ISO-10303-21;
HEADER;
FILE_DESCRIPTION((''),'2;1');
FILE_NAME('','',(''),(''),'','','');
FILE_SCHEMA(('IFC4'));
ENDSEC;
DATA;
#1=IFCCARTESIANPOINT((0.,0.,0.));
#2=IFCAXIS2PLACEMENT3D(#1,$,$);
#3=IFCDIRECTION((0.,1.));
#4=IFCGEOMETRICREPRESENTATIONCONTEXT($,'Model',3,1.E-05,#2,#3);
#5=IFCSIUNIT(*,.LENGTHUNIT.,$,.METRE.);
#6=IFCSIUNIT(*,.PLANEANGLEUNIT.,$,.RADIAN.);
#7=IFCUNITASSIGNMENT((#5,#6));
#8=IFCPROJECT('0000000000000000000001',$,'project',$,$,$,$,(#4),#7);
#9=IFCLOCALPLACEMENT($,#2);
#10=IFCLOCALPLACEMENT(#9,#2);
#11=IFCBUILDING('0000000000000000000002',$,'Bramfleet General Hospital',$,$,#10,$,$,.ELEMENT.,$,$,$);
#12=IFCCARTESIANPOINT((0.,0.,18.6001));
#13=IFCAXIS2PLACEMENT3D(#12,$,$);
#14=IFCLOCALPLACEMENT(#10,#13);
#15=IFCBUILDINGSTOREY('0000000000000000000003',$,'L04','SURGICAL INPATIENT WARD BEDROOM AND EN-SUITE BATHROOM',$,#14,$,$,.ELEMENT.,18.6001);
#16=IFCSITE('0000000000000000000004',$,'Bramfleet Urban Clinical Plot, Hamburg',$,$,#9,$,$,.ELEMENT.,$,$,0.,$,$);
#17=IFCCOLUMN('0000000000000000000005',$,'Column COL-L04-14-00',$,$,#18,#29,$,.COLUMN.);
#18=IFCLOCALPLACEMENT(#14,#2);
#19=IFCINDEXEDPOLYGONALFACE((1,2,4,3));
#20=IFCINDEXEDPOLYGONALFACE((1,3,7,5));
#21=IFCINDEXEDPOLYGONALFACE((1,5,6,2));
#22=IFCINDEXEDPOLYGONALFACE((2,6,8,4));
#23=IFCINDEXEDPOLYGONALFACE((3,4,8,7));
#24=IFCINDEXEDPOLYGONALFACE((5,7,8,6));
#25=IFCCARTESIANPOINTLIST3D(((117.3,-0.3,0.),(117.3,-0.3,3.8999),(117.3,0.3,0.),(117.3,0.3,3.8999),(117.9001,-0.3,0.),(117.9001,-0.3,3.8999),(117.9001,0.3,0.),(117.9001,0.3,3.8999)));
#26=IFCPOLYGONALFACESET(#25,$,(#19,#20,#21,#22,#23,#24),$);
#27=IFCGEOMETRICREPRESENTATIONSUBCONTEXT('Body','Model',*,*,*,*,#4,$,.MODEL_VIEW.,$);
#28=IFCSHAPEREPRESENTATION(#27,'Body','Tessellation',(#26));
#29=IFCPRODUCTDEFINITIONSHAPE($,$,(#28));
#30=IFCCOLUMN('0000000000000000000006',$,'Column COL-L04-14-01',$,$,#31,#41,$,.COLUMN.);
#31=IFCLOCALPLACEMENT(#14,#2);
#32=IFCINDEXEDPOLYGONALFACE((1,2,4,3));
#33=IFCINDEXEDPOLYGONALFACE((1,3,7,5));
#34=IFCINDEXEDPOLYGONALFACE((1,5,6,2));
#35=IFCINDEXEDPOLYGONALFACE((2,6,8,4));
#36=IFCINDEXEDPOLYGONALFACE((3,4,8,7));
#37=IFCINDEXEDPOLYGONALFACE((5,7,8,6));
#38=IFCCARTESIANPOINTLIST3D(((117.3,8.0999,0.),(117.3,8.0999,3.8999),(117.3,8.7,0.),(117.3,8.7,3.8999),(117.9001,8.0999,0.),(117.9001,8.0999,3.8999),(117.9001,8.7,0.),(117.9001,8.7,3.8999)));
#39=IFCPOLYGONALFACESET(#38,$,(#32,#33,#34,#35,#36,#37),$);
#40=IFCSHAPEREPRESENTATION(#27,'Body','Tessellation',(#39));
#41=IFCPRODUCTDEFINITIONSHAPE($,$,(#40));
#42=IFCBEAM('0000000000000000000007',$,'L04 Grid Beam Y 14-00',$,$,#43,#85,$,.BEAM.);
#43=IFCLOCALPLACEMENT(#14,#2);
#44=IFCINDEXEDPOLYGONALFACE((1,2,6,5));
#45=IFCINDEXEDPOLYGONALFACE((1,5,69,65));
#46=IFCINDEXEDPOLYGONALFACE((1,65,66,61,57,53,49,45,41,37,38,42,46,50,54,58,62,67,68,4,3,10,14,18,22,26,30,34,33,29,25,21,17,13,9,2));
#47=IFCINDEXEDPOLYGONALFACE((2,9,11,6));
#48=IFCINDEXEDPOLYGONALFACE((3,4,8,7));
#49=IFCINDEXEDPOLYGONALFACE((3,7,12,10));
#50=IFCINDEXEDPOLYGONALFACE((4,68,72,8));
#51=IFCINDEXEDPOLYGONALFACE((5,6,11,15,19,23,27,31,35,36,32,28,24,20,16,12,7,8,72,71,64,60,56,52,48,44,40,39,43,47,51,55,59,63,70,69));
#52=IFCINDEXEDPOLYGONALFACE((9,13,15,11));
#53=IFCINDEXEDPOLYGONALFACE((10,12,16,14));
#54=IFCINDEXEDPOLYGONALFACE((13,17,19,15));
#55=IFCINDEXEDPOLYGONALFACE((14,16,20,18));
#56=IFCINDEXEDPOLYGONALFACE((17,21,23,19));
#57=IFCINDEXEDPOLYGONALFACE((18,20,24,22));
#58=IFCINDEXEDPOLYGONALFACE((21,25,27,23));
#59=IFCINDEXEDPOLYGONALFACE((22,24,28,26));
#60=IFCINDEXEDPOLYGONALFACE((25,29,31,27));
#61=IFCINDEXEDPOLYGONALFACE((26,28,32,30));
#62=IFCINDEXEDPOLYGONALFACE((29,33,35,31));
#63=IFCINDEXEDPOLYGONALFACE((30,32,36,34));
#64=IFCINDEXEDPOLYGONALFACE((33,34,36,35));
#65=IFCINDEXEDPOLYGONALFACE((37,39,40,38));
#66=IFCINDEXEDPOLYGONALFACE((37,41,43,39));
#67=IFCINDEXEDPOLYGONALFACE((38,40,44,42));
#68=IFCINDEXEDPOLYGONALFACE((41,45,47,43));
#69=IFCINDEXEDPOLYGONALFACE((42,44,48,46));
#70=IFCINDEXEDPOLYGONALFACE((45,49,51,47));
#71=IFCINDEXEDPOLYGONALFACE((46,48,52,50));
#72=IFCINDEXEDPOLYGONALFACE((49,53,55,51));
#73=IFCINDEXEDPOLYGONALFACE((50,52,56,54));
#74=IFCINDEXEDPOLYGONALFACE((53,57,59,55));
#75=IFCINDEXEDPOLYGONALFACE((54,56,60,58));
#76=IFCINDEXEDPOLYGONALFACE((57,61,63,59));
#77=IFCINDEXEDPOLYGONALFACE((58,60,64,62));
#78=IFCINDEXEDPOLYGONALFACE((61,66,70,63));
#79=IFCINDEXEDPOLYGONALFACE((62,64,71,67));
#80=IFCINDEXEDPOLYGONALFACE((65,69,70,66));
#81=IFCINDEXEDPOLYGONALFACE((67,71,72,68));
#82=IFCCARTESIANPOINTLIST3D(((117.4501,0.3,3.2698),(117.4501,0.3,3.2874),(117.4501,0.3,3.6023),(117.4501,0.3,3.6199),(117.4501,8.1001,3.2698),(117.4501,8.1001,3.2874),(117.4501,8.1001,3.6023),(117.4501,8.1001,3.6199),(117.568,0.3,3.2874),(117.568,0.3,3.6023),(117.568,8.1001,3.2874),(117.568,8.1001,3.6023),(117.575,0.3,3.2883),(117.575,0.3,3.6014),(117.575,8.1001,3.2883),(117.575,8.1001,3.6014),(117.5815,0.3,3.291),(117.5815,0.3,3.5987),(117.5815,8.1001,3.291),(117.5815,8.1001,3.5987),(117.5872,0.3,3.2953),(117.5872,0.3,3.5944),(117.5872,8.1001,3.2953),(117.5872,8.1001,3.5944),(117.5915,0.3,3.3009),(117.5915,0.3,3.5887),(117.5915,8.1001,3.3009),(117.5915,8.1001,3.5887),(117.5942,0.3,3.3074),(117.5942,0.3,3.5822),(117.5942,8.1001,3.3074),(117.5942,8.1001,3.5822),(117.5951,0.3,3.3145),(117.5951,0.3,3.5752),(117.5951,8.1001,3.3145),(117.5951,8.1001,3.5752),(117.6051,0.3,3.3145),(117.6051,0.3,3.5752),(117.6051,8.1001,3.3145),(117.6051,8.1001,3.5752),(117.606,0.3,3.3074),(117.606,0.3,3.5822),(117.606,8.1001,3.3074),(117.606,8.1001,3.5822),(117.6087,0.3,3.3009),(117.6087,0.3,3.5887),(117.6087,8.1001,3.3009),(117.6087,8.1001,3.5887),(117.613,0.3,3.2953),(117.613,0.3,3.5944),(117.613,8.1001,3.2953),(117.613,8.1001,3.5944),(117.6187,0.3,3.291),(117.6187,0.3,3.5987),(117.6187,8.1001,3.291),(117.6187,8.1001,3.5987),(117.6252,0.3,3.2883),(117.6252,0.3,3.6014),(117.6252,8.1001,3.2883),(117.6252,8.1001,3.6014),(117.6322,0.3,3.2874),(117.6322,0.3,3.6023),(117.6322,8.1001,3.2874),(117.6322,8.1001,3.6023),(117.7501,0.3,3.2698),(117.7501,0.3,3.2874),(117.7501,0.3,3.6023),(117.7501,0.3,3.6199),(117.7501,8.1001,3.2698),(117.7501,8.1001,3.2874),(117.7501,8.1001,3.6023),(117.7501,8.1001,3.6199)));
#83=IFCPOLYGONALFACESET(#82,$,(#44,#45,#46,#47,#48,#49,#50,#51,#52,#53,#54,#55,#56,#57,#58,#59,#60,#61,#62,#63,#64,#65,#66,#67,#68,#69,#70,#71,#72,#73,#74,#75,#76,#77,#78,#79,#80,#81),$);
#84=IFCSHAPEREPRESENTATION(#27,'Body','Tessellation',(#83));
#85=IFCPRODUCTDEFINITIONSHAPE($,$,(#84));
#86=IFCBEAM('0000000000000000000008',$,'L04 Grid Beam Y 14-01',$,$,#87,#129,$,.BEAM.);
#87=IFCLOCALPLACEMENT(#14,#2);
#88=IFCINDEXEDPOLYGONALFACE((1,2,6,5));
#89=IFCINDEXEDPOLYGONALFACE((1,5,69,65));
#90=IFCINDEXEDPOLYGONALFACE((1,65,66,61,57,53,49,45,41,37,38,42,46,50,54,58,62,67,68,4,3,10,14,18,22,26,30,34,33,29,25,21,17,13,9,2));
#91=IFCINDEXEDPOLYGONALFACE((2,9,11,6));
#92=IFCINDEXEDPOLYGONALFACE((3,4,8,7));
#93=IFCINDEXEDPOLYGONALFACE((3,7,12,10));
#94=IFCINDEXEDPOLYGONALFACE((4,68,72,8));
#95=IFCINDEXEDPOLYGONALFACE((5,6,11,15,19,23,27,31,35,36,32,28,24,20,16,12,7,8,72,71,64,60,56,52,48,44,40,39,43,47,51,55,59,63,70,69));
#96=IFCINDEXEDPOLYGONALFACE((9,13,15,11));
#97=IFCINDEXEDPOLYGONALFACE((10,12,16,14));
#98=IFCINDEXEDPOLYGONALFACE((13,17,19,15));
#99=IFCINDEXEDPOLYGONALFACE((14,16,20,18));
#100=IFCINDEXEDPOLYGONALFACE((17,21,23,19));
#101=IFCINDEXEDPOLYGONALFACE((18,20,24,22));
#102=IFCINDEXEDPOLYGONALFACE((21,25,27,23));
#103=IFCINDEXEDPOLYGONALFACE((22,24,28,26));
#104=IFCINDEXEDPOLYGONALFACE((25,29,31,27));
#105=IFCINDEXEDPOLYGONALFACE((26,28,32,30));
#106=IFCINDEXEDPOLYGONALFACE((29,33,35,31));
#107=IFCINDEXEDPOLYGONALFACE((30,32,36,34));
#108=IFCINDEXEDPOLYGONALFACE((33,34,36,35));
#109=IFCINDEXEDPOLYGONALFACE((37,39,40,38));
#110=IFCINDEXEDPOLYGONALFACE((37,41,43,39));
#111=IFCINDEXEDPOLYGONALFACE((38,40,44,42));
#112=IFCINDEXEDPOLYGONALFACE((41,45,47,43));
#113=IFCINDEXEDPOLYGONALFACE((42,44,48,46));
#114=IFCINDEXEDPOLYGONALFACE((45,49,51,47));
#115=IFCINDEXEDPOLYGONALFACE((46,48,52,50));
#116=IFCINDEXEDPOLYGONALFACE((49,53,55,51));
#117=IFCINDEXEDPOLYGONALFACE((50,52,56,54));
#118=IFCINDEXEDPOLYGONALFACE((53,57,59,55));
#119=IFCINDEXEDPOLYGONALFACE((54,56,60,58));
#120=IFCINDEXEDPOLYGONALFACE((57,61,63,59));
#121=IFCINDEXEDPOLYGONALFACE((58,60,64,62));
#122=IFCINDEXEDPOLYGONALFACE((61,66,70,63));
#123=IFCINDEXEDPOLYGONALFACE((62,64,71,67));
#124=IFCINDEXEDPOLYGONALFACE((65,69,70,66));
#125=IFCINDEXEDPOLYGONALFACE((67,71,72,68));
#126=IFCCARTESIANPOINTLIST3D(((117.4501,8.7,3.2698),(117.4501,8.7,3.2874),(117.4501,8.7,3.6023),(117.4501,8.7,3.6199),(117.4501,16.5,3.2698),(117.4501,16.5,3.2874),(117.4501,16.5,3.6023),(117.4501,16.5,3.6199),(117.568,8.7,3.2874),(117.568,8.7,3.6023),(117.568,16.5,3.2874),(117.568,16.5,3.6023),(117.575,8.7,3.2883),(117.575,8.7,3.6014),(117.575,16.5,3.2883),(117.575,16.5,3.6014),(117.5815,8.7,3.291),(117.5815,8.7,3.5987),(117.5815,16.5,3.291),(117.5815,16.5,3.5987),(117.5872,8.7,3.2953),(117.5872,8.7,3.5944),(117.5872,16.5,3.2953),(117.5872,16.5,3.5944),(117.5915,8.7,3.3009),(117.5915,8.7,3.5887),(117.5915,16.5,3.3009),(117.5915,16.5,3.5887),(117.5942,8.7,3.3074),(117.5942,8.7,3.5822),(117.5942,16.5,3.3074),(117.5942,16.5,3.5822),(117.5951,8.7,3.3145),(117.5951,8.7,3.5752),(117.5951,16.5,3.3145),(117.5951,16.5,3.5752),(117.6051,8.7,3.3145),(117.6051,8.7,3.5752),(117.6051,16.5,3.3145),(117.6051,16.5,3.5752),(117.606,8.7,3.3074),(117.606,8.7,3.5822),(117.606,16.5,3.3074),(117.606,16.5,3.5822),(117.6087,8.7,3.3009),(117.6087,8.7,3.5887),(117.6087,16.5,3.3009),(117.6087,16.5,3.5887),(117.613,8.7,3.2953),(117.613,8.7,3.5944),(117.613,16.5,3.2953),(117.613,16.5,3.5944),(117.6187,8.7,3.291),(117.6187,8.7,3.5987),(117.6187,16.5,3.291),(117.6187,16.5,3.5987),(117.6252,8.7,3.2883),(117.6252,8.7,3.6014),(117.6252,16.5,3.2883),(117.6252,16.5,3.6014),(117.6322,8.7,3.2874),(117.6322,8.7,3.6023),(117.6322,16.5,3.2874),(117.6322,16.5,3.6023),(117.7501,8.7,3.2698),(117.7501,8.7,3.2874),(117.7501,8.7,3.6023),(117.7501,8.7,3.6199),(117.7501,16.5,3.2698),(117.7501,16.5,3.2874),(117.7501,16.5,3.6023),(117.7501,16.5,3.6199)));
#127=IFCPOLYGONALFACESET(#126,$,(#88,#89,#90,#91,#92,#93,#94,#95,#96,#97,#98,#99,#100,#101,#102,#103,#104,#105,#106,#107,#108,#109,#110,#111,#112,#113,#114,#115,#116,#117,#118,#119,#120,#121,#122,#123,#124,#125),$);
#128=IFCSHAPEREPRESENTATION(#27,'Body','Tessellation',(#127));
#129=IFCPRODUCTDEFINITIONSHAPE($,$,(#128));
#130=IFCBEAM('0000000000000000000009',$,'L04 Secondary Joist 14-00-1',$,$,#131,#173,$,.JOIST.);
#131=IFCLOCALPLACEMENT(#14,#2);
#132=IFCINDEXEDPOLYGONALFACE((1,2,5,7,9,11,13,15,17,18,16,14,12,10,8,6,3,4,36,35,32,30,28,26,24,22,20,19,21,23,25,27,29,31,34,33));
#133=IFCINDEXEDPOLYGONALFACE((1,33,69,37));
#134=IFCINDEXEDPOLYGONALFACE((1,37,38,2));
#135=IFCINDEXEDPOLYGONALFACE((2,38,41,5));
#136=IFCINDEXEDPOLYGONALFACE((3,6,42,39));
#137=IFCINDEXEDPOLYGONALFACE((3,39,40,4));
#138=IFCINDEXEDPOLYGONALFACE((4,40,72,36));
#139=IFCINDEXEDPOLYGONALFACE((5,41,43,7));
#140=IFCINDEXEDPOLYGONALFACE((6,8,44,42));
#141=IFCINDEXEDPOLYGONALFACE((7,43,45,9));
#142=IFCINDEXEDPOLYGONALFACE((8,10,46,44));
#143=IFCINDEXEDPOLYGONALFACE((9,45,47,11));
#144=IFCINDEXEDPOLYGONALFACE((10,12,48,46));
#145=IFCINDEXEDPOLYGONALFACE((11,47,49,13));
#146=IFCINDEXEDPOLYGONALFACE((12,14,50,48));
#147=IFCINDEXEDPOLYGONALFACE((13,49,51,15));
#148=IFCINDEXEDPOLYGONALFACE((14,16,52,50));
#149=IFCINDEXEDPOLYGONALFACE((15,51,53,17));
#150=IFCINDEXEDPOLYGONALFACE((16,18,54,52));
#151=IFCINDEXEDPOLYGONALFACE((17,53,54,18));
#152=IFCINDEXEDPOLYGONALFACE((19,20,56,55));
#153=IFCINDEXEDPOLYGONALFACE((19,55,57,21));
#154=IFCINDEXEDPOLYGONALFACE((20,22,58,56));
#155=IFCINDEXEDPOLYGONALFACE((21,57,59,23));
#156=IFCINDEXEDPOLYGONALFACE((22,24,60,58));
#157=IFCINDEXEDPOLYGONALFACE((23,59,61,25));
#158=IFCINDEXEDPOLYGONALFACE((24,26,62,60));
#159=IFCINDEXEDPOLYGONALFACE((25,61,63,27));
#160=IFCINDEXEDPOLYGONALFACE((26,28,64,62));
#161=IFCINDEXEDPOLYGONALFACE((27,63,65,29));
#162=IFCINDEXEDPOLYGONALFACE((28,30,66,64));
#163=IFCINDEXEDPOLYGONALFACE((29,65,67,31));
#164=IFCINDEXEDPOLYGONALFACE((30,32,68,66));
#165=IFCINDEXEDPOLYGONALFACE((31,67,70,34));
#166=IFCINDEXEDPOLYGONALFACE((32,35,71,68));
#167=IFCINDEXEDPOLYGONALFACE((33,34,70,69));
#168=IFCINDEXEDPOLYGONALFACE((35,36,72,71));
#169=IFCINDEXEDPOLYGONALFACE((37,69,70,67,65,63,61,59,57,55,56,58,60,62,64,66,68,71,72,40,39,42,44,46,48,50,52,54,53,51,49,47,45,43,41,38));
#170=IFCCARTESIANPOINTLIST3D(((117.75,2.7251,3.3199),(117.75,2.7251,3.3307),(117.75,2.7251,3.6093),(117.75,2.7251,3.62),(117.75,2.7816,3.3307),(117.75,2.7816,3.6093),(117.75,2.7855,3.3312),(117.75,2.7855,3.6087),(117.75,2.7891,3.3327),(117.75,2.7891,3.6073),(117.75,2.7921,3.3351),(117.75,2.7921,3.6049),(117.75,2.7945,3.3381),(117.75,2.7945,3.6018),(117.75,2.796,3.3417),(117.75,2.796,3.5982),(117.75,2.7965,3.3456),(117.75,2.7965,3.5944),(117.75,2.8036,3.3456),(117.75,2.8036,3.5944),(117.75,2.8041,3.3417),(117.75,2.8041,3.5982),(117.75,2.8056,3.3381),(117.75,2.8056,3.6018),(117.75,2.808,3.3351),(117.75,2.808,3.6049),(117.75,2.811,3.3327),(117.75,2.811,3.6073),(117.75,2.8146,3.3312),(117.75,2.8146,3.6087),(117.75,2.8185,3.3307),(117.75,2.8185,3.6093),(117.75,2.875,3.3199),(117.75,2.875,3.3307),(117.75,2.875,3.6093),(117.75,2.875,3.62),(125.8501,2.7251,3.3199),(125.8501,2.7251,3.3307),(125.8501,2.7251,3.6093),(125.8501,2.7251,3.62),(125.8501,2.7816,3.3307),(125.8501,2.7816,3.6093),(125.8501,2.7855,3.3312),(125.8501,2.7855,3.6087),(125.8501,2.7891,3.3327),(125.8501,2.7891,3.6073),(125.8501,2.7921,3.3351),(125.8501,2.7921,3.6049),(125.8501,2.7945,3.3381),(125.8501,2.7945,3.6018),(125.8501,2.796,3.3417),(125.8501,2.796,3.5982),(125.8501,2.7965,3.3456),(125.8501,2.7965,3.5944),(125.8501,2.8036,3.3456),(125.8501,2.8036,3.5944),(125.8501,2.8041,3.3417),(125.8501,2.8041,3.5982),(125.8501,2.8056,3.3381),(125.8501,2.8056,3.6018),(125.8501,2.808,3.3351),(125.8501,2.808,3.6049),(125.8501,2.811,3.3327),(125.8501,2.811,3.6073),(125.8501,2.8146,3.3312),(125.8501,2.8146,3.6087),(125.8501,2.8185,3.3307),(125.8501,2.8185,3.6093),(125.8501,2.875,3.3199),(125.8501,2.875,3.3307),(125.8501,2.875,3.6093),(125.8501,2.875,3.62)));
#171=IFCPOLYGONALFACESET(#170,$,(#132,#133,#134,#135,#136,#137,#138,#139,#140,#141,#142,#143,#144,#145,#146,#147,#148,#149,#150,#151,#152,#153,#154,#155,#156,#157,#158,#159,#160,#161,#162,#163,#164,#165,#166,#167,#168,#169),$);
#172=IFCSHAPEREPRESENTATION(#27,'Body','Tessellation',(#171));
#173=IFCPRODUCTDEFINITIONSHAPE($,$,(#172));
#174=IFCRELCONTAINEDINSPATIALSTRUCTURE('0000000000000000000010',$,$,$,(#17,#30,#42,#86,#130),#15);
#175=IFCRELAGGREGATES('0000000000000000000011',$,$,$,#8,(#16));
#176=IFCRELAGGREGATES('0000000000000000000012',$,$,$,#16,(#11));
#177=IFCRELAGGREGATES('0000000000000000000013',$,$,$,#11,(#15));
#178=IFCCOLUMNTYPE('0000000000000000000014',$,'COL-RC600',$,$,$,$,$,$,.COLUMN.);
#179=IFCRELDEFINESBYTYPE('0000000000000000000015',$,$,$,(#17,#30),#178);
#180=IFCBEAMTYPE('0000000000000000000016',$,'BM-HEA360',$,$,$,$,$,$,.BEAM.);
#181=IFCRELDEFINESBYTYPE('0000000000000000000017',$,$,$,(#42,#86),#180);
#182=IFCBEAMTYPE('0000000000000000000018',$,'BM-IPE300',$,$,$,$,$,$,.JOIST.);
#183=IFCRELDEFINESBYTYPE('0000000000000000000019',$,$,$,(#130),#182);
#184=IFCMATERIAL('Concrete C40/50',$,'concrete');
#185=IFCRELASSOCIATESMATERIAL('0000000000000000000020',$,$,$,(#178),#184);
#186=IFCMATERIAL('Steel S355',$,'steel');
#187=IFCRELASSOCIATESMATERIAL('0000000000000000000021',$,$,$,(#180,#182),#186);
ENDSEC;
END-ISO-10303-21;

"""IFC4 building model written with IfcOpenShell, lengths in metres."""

from ifc_helpers import new_model, si_unit, direction, frame, origin, origin_2d, place, context, subcontext, project, spatial, rectangle, i_section, extrude, material, material_profile, profile_set, type_object, element, save


model = new_model("IFC4")

# Units and contexts
model_context = context("Model", 3, precision=1e-05, world=origin(), true_north=direction((0.0, 1.0)))
body_context = subcontext(model_context, "Body", "Model", "MODEL_VIEW")
ifc_project = project(units=[si_unit("LENGTHUNIT", "METRE"), si_unit("PLANEANGLEUNIT", "RADIAN")], contexts=[model_context])

# Site, building, storey
site_placement = place(None, origin())
site = spatial("IfcSite", under=ifc_project, at=site_placement, Name="Bramfleet Urban Clinical Plot, Hamburg", CompositionType="ELEMENT", RefElevation=0.0)
building_placement = place(site_placement, origin())
building = spatial("IfcBuilding", under=site, at=building_placement, Name="Bramfleet General Hospital", CompositionType="ELEMENT")
storey_placement = place(building_placement, frame((0.0, 0.0, 18.6001)))
storey = spatial("IfcBuildingStorey", under=building, at=storey_placement, Name="L04", Description="SURGICAL INPATIENT WARD BEDROOM AND EN-SUITE BATHROOM", CompositionType="ELEMENT", Elevation=18.6001)

# Columns
ifc_material_1 = material(Name="Concrete C40/50", Category="concrete")
ifc_material_profile_1 = material_profile(ifc_material_1, rectangle(XDim=0.6001, YDim=0.6001, at=origin_2d()), Name="RC COL 600x600")
ifc_profile_set_1 = profile_set([ifc_material_profile_1], Name="Concrete C40/50")
column_type = type_object("IfcColumnType", Name="COL-RC600", PredefinedType="COLUMN", material=ifc_profile_set_1)
for number, where, z_axis, x_axis, name in (
    (1, (117.6001, 0.0, 0.0), (0.0, 0.0, 1.0), (1.0, 0.0, 0.0), "Column COL-L04-14-00"),
    (2, (117.6001, 8.3999, 0.0), (0.0, 0.0, 1.0), (1.0, 0.0, 0.0), "Column COL-L04-14-01"),
):
    element("IfcColumn", number, at=place(storey_placement, frame(where, z_axis=z_axis, x_axis=x_axis)), inside=storey, type_object=column_type, Name=name, PredefinedType="COLUMN", context=body_context, shape_type="SweptSolid", body=[
        extrude(rectangle(XDim=0.6001, YDim=0.6001, at=origin_2d()), origin(), (0.0, 0.0, 1.0), 3.8999),
    ])

# Beams
ifc_material_2 = material(Name="Steel S355", Category="steel")
ifc_material_profile_2 = material_profile(ifc_material_2, i_section(OverallWidth=0.3, OverallDepth=0.3501, WebThickness=0.01, FlangeThickness=0.0176, FilletRadius=0.0271, at=origin_2d()), Name="HEA 360")
ifc_profile_set_2 = profile_set([ifc_material_profile_2], Name="Steel S355")
beam_type_1 = type_object("IfcBeamType", Name="BM-HEA360", PredefinedType="BEAM", material=ifc_profile_set_2)
for number, where, z_axis, x_axis, name in (
    (3, (117.6001, 0.3, 3.4448), (0.0, 1.0, 0.0), (-1.0, 0.0, 0.0), "L04 Grid Beam Y 14-00"),
    (4, (117.6001, 8.7, 3.4448), (0.0, 1.0, 0.0), (-1.0, 0.0, 0.0), "L04 Grid Beam Y 14-01"),
):
    element("IfcBeam", number, at=place(storey_placement, frame(where, z_axis=z_axis, x_axis=x_axis)), inside=storey, type_object=beam_type_1, Name=name, PredefinedType="BEAM", context=body_context, shape_type="SweptSolid", body=[
        extrude(i_section(OverallWidth=0.3, OverallDepth=0.3501, WebThickness=0.01, FlangeThickness=0.0176, FilletRadius=0.0271, at=origin_2d()), origin(), (0.0, 0.0, 1.0), 7.8),
    ])
ifc_material_profile_3 = material_profile(ifc_material_2, i_section(OverallWidth=0.1499, OverallDepth=0.3, WebThickness=0.0071, FlangeThickness=0.0107, FilletRadius=0.0149, at=origin_2d()), Name="IPE 300")
ifc_profile_set_3 = profile_set([ifc_material_profile_3], Name="Steel S355")
beam_type_2 = type_object("IfcBeamType", Name="BM-IPE300", PredefinedType="JOIST", material=ifc_profile_set_3)
for number, where, z_axis, x_axis, name in (
    (5, (117.75, 2.8, 3.47), (1.0, 0.0, 0.0), (0.0, 1.0, 0.0), "L04 Secondary Joist 14-00-1"),
):
    element("IfcBeam", number, at=place(storey_placement, frame(where, z_axis=z_axis, x_axis=x_axis)), inside=storey, type_object=beam_type_2, Name=name, PredefinedType="JOIST", context=body_context, shape_type="SweptSolid", body=[
        extrude(i_section(OverallWidth=0.1499, OverallDepth=0.3, WebThickness=0.0071, FlangeThickness=0.0107, FilletRadius=0.0149, at=origin_2d()), origin(), (0.0, 0.0, 1.0), 8.1001),
    ])

save(model, "model.ifc")
